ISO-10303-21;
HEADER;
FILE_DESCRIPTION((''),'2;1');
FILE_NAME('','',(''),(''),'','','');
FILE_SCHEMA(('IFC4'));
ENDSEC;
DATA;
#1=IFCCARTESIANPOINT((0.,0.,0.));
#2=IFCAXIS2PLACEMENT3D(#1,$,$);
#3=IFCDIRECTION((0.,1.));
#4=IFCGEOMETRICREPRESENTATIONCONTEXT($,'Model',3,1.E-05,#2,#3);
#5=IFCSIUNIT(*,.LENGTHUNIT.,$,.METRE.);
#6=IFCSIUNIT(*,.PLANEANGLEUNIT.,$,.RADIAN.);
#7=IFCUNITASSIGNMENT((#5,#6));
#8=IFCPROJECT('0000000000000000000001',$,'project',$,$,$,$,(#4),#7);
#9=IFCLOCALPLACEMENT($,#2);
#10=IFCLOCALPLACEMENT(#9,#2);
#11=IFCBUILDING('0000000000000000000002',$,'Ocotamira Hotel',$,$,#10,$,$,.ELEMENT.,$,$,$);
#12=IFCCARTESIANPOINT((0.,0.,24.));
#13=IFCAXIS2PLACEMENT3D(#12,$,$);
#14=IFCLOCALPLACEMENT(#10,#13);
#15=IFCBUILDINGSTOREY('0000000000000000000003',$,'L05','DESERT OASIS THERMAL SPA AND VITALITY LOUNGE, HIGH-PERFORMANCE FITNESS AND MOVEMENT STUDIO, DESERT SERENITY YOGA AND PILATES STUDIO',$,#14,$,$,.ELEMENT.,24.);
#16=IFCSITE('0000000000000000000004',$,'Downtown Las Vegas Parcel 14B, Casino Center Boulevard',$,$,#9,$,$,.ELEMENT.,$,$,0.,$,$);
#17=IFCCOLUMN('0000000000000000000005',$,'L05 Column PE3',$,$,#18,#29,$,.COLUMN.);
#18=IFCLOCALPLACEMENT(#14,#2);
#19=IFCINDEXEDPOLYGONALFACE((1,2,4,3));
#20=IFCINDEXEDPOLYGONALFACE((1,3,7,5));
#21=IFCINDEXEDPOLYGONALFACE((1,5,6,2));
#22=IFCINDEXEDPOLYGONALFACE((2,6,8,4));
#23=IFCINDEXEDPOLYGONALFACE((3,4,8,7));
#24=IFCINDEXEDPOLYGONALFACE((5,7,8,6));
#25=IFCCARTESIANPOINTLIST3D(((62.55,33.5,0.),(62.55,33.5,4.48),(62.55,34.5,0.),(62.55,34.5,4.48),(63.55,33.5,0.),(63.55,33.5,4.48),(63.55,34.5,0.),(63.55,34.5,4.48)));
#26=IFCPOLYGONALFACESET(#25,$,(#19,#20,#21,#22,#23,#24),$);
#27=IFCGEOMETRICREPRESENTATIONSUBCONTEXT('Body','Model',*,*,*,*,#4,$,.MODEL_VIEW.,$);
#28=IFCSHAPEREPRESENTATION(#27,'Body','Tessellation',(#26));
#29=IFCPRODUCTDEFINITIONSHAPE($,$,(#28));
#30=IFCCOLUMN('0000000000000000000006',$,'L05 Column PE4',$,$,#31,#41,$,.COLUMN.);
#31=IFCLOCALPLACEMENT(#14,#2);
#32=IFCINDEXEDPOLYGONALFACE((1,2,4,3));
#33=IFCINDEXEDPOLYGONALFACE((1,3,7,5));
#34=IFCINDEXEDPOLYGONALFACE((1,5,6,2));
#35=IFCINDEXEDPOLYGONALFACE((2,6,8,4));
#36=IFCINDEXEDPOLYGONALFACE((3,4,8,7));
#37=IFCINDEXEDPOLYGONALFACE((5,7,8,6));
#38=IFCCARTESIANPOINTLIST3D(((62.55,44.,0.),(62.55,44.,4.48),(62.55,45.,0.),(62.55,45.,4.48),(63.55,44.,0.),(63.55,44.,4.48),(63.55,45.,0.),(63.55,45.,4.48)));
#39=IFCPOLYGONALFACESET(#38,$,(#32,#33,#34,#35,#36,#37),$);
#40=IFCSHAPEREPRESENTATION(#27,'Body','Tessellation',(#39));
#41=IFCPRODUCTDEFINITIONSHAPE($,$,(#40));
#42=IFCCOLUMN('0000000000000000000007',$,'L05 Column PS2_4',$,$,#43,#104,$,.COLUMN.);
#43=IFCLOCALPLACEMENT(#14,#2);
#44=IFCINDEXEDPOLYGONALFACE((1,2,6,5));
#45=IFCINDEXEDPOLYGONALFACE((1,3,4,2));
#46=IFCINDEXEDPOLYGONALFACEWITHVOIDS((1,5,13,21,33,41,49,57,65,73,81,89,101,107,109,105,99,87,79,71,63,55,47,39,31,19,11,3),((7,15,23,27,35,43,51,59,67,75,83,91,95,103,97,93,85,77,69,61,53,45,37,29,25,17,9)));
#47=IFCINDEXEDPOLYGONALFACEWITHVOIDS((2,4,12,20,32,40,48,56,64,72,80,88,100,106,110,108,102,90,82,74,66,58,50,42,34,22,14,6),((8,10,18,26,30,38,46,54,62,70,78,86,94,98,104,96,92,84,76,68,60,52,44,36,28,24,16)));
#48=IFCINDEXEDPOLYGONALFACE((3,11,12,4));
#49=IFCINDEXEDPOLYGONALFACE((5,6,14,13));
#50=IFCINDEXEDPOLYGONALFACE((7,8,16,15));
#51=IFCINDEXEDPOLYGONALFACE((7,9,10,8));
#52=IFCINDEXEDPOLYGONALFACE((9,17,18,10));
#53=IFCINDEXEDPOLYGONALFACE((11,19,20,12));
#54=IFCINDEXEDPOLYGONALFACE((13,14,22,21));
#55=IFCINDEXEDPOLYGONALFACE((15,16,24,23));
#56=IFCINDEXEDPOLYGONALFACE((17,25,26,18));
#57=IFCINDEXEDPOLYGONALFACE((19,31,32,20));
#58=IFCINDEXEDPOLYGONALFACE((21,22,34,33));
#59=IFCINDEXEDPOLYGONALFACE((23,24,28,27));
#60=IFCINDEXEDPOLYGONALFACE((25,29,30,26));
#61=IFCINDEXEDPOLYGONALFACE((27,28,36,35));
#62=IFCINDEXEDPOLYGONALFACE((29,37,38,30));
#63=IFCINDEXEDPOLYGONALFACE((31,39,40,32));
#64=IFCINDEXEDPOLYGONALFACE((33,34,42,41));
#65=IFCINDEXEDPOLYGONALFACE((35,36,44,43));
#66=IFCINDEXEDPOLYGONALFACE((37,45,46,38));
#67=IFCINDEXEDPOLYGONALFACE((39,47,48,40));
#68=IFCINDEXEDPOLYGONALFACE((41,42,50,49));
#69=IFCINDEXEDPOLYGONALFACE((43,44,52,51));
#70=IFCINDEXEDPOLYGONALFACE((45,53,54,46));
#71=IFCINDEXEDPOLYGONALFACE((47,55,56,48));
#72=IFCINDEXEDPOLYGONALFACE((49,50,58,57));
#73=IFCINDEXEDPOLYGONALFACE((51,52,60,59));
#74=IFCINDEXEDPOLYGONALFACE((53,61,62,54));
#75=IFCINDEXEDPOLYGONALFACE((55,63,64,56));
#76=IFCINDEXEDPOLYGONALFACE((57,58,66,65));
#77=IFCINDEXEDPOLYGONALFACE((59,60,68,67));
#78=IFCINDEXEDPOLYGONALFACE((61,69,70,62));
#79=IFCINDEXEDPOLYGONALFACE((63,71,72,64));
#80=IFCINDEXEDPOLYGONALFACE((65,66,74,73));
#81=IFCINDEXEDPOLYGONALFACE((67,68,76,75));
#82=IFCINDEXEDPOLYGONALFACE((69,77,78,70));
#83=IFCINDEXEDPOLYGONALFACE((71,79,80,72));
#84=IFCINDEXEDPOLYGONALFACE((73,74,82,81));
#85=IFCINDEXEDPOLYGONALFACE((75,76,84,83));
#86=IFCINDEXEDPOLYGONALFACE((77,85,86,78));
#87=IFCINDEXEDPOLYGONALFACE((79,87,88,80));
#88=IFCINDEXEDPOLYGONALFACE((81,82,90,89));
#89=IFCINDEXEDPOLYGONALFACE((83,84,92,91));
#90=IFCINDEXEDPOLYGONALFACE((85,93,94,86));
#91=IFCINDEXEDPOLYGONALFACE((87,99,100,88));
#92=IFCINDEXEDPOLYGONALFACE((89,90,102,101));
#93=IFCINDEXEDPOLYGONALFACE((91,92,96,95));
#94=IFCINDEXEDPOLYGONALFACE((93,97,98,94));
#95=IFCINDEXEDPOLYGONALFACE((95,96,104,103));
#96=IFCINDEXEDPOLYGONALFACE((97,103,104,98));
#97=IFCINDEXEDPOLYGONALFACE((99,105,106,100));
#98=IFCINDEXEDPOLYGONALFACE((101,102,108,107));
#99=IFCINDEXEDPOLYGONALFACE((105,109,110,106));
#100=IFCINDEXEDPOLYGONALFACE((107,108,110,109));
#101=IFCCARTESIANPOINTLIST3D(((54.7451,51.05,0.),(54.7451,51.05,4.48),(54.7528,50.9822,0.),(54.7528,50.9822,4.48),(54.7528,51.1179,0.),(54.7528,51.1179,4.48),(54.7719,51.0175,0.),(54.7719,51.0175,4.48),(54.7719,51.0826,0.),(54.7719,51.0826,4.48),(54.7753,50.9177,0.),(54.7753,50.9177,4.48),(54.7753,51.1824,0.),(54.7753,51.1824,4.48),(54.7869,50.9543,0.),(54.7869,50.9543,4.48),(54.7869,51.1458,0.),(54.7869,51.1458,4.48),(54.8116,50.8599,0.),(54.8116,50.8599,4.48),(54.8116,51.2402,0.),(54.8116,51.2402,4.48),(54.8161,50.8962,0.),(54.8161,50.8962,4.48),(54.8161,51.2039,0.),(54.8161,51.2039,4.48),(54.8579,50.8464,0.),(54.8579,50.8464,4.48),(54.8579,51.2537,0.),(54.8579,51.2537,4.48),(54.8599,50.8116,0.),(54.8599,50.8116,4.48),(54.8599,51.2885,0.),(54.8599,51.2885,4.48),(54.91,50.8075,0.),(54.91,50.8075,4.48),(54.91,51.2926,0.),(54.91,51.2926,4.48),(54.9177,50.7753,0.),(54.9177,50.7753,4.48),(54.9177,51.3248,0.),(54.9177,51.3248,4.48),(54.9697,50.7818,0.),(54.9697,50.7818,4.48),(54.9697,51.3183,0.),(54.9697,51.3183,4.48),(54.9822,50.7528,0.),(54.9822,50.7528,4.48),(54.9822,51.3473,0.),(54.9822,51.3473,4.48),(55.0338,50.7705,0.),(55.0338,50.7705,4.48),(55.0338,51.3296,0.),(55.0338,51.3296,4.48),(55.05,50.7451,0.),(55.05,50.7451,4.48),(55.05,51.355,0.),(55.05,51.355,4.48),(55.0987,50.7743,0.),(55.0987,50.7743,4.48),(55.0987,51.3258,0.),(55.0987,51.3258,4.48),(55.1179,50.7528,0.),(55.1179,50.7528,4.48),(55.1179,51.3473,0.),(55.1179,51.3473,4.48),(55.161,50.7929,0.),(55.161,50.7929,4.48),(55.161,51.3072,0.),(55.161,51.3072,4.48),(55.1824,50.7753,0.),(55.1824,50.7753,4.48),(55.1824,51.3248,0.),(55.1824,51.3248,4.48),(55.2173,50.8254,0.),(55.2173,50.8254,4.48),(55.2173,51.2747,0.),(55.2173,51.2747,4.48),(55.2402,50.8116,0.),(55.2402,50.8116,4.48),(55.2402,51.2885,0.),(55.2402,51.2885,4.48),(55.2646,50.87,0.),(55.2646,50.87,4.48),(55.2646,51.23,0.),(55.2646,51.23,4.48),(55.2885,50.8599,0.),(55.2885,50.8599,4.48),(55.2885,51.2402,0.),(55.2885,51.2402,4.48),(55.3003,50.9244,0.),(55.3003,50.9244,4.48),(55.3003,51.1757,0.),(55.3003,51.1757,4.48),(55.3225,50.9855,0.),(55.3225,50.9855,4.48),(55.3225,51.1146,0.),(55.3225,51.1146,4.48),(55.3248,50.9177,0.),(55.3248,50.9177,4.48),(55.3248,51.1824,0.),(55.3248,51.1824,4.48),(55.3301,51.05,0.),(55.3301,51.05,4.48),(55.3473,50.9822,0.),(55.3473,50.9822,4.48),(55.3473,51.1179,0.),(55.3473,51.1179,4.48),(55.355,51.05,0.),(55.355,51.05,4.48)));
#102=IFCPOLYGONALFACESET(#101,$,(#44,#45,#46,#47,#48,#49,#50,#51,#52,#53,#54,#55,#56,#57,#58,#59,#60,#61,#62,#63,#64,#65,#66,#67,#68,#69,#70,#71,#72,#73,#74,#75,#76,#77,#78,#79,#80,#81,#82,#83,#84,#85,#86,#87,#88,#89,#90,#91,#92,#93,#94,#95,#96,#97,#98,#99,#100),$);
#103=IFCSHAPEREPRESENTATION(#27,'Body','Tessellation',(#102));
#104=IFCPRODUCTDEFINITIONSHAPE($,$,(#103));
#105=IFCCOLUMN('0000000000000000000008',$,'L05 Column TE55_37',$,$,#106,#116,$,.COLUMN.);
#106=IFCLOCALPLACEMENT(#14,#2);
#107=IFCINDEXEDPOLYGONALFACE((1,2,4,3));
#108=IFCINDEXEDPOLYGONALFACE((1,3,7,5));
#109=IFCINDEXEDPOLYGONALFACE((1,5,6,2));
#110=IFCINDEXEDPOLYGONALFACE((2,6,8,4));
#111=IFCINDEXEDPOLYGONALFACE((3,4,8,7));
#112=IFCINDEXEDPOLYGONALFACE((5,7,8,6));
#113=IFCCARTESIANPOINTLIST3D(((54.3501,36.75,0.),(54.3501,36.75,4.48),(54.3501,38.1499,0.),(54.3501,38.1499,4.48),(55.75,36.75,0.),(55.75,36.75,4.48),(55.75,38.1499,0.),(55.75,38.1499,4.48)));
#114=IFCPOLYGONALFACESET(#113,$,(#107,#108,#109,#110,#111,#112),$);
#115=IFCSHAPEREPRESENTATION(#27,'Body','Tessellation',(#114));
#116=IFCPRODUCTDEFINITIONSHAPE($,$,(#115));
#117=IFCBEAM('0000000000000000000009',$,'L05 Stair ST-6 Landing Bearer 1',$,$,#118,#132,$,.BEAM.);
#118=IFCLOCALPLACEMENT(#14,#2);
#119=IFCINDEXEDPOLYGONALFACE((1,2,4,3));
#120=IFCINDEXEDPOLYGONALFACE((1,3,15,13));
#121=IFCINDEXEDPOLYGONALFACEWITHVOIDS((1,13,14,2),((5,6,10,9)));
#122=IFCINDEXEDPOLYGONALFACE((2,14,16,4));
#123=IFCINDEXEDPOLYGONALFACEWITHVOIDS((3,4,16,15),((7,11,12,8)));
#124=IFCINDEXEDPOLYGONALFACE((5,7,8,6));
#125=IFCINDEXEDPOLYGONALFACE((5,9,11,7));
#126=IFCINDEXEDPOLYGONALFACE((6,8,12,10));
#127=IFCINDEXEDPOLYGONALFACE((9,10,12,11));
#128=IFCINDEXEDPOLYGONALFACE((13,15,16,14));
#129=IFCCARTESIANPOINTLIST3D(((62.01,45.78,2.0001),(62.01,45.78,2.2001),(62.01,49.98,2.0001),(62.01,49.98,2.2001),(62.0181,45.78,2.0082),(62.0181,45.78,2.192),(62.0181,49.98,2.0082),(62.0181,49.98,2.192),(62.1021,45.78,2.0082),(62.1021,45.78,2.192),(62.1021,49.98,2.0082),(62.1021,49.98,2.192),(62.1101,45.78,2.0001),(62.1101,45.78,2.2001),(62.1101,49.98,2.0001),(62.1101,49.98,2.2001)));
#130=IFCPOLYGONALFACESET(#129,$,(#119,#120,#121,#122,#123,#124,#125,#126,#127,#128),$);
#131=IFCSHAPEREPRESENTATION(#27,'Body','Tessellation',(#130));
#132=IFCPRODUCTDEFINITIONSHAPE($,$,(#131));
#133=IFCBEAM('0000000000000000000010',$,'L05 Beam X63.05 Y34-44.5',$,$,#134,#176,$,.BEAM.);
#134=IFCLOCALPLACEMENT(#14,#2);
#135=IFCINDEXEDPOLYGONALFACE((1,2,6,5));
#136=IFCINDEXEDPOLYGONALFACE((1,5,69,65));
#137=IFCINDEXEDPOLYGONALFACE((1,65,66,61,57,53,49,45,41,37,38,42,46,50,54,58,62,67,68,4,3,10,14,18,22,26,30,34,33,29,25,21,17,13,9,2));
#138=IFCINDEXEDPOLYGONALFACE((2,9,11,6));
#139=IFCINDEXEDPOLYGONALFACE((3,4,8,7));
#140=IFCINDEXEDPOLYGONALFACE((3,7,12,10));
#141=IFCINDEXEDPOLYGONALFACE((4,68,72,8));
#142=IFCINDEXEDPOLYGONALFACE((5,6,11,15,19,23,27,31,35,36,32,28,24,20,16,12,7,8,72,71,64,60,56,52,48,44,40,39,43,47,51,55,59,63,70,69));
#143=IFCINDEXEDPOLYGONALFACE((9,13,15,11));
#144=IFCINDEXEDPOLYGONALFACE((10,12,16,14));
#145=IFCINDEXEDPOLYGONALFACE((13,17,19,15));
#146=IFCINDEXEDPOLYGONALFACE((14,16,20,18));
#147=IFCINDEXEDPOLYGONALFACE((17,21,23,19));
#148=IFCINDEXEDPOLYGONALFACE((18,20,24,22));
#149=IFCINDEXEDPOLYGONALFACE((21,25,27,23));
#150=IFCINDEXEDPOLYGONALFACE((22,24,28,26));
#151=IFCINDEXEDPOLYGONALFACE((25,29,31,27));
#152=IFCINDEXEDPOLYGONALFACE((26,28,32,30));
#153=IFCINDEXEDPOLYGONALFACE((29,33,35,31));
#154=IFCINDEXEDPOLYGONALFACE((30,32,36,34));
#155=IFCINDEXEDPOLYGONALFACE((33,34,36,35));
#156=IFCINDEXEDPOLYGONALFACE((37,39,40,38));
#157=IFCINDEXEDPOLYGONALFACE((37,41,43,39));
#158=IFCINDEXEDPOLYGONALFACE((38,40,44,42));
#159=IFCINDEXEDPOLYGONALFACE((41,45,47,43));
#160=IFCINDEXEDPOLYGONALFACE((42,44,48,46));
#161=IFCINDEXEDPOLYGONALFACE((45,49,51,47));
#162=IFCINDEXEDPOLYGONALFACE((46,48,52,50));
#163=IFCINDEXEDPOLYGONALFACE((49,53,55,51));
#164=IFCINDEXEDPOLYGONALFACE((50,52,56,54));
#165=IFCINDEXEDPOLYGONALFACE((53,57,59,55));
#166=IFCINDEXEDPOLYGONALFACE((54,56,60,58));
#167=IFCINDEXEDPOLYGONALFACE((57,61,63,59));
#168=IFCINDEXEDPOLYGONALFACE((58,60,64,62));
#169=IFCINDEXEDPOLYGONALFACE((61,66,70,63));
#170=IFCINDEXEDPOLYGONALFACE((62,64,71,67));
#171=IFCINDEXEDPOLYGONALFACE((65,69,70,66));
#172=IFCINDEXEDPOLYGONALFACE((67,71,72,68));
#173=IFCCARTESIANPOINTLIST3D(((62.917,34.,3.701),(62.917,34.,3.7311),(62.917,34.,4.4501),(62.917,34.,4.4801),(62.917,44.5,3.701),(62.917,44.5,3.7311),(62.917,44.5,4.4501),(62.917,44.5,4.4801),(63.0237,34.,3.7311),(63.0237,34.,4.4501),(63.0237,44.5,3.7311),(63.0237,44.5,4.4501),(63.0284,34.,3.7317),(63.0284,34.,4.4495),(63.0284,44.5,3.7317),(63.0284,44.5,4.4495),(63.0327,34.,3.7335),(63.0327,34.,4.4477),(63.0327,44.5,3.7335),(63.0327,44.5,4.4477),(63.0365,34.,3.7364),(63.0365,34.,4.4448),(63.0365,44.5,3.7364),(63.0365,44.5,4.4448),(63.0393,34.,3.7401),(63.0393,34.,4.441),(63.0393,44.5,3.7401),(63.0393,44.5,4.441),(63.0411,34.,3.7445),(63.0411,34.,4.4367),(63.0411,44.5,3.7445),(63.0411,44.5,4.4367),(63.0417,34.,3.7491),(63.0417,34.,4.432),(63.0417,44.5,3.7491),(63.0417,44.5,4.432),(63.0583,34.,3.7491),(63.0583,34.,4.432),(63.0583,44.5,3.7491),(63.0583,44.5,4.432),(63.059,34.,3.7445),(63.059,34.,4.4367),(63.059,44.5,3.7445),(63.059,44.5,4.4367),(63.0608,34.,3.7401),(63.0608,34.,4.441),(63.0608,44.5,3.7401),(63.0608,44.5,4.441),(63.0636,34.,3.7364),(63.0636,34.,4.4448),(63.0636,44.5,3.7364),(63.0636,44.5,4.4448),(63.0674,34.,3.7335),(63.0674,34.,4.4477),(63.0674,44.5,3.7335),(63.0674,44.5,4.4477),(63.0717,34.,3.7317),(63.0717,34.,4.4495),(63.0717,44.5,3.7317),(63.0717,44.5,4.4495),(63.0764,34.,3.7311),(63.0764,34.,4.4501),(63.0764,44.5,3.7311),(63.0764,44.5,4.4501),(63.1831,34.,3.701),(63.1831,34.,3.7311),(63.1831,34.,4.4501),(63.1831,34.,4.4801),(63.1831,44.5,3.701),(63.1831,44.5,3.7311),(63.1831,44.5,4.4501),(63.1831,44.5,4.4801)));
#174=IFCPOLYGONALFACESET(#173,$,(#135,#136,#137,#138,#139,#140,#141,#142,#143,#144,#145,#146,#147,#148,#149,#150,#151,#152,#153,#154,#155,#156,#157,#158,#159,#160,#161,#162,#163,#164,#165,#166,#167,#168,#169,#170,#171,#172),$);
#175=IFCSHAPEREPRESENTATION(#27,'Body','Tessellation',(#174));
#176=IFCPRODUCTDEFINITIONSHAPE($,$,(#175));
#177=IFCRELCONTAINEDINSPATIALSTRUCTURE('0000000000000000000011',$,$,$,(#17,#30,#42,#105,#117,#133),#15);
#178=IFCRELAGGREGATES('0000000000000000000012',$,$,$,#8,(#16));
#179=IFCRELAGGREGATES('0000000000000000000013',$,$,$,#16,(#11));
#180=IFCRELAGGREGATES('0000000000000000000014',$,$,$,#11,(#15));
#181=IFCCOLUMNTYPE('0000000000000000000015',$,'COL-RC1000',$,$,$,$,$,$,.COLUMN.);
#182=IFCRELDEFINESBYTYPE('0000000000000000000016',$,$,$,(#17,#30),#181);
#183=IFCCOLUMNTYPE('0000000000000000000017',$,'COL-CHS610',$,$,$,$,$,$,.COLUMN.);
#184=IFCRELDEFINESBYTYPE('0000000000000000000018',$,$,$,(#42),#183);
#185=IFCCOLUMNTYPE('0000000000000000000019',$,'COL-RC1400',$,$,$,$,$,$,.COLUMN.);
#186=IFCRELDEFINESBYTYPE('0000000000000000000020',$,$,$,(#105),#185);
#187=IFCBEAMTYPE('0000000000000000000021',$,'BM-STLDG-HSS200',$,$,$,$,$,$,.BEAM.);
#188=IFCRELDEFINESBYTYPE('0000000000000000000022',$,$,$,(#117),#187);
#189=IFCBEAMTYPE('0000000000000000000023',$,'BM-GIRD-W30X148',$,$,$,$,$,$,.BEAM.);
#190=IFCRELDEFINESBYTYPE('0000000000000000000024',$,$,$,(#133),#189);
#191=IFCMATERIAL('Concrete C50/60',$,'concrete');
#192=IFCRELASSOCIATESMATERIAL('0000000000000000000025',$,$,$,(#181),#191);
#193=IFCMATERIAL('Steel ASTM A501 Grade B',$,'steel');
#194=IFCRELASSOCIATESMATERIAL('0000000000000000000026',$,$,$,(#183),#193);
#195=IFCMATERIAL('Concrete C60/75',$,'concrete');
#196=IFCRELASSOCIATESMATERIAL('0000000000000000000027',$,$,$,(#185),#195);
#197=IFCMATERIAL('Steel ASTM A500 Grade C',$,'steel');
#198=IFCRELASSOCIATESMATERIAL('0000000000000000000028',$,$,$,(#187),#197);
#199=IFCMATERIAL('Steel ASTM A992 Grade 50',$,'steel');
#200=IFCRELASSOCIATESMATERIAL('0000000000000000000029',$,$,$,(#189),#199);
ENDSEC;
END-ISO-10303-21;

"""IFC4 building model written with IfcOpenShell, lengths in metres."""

from ifc_helpers import new_model, si_unit, direction, frame, origin, origin_2d, place, context, subcontext, project, spatial, rectangle, hollow_rectangle, hollow_circle, i_section, extrude, source, transform, mapped, material, material_profile, profile_set, type_object, element, save


model = new_model("IFC4")

# Units and contexts
model_context = context("Model", 3, precision=1e-05, world=origin(), true_north=direction((0.0, 1.0)))
body_context = subcontext(model_context, "Body", "Model", "MODEL_VIEW")
ifc_project = project(units=[si_unit("LENGTHUNIT", "METRE"), si_unit("PLANEANGLEUNIT", "RADIAN")], contexts=[model_context])

# Site, building, storey
site_placement = place(None, origin())
site = spatial("IfcSite", under=ifc_project, at=site_placement, Name="Downtown Las Vegas Parcel 14B, Casino Center Boulevard", CompositionType="ELEMENT", RefElevation=0.0)
building_placement = place(site_placement, origin())
building = spatial("IfcBuilding", under=site, at=building_placement, Name="Ocotamira Hotel", CompositionType="ELEMENT")
storey_placement = place(building_placement, frame((0.0, 0.0, 24.0)))
storey = spatial("IfcBuildingStorey", under=building, at=storey_placement, Name="L05", Description="DESERT OASIS THERMAL SPA AND VITALITY LOUNGE, HIGH-PERFORMANCE FITNESS AND MOVEMENT STUDIO, DESERT SERENITY YOGA AND PILATES STUDIO", CompositionType="ELEMENT", Elevation=24.0)

# Columns
ifc_material_1 = material(Name="Concrete C50/60", Category="concrete")
ifc_material_profile_1 = material_profile(ifc_material_1, rectangle(XDim=1.0, YDim=1.0, at=origin_2d()), Name="RC1000X1000")
ifc_profile_set_1 = profile_set([ifc_material_profile_1], Name="Concrete C50/60")
column_type_1 = type_object("IfcColumnType", Name="COL-RC1000", PredefinedType="COLUMN", material=ifc_profile_set_1)
shared_shape_1 = source(origin(), body_context, "Body", "SweptSolid", [
    extrude(rectangle(XDim=1.0, YDim=1.0, at=origin_2d()), origin(), (0.0, 0.0, 1.0), 4.48),
])
for number, where, z_axis, x_axis, name in (
    (1, (63.05, 34.0, 0.0), (0.0, 0.0, 1.0), (1.0, 0.0, 0.0), "L05 Column PE3"),
    (2, (63.05, 44.5, 0.0), (0.0, 0.0, 1.0), (1.0, 0.0, 0.0), "L05 Column PE4"),
):
    element("IfcColumn", number, at=place(storey_placement, frame(where, z_axis=z_axis, x_axis=x_axis)), inside=storey, type_object=column_type_1, Name=name, PredefinedType="COLUMN", context=body_context, shape_type="MappedRepresentation", body=[
        mapped(shared_shape_1, transform((0.0, 0.0, 0.0), scale=1.0)),
    ])
ifc_material_2 = material(Name="Steel ASTM A501 Grade B", Category="steel")
ifc_material_profile_2 = material_profile(ifc_material_2, hollow_circle(Radius=0.3049, WallThickness=0.0249, at=origin_2d()), Name="CHS610X25")
ifc_profile_set_2 = profile_set([ifc_material_profile_2], Name="Steel ASTM A501 Grade B")
column_type_2 = type_object("IfcColumnType", Name="COL-CHS610", PredefinedType="COLUMN", material=ifc_profile_set_2)
shared_shape_2 = source(origin(), body_context, "Body", "SweptSolid", [
    extrude(hollow_circle(Radius=0.3049, WallThickness=0.0249, at=origin_2d()), origin(), (0.0, 0.0, 1.0), 4.48),
])
column_1_placement = place(storey_placement, frame((55.05, 51.05, 0.0), z_axis=(0.0, 0.0, 1.0), x_axis=(1.0, 0.0, 0.0)))
element("IfcColumn", 3, at=column_1_placement, inside=storey, type_object=column_type_2, Name="L05 Column PS2_4", PredefinedType="COLUMN", context=body_context, shape_type="MappedRepresentation", body=[
    mapped(shared_shape_2, transform((0.0, 0.0, 0.0), scale=1.0)),
])
ifc_material_3 = material(Name="Concrete C60/75", Category="concrete")
ifc_material_profile_3 = material_profile(ifc_material_3, rectangle(XDim=1.3999, YDim=1.3999, at=origin_2d()), Name="RC1400X1400")
ifc_profile_set_3 = profile_set([ifc_material_profile_3], Name="Concrete C60/75")
column_type_3 = type_object("IfcColumnType", Name="COL-RC1400", PredefinedType="COLUMN", material=ifc_profile_set_3)
shared_shape_3 = source(origin(), body_context, "Body", "SweptSolid", [
    extrude(rectangle(XDim=1.3999, YDim=1.3999, at=origin_2d()), origin(), (0.0, 0.0, 1.0), 4.48),
])
column_2_placement = place(storey_placement, frame((55.05, 37.45, 0.0), z_axis=(0.0, 0.0, 1.0), x_axis=(1.0, 0.0, 0.0)))
element("IfcColumn", 4, at=column_2_placement, inside=storey, type_object=column_type_3, Name="L05 Column TE55_37", PredefinedType="COLUMN", context=body_context, shape_type="MappedRepresentation", body=[
    mapped(shared_shape_3, transform((0.0, 0.0, 0.0), scale=1.0)),
])

# Beams
ifc_material_4 = material(Name="Steel ASTM A500 Grade C", Category="steel")
ifc_material_profile_4 = material_profile(ifc_material_4, hollow_rectangle(XDim=0.1001, YDim=0.2, WallThickness=0.0081, at=origin_2d()), Name="HSS200X100X8")
ifc_profile_set_4 = profile_set([ifc_material_profile_4], Name="Steel ASTM A500 Grade C")
beam_type_1 = type_object("IfcBeamType", Name="BM-STLDG-HSS200", PredefinedType="BEAM", material=ifc_profile_set_4)
shared_shape_4 = source(origin(), body_context, "Body", "SweptSolid", [
    extrude(hollow_rectangle(XDim=0.1001, YDim=0.2, WallThickness=0.0081, at=origin_2d()), origin(), (0.0, 0.0, 1.0), 4.2),
])
beam_1_placement = place(storey_placement, frame((62.0601, 45.78, 2.1001), z_axis=(0.0, 1.0, 0.0), x_axis=(-1.0, 0.0, 0.0)))
element("IfcBeam", 5, at=beam_1_placement, inside=storey, type_object=beam_type_1, Name="L05 Stair ST-6 Landing Bearer 1", PredefinedType="BEAM", context=body_context, shape_type="MappedRepresentation", body=[
    mapped(shared_shape_4, transform((0.0, 0.0, 0.0), scale=1.0)),
])
ifc_material_5 = material(Name="Steel ASTM A992 Grade 50", Category="steel")
ifc_material_profile_5 = material_profile(ifc_material_5, i_section(OverallWidth=0.2661, OverallDepth=0.7791, WebThickness=0.0166, FlangeThickness=0.03, FilletRadius=0.0181, at=origin_2d()), Name="W30X148")
ifc_profile_set_5 = profile_set([ifc_material_profile_5], Name="Steel ASTM A992 Grade 50")
beam_type_2 = type_object("IfcBeamType", Name="BM-GIRD-W30X148", PredefinedType="BEAM", material=ifc_profile_set_5)
shared_shape_5 = source(origin(), body_context, "Body", "SweptSolid", [
    extrude(i_section(OverallWidth=0.2661, OverallDepth=0.7791, WebThickness=0.0166, FlangeThickness=0.03, FilletRadius=0.0181, at=origin_2d()), origin(), (0.0, 0.0, 1.0), 10.5),
])
beam_2_placement = place(storey_placement, frame((63.05, 34.0, 4.0906), z_axis=(0.0, 1.0, 0.0), x_axis=(-1.0, 0.0, 0.0)))
element("IfcBeam", 6, at=beam_2_placement, inside=storey, type_object=beam_type_2, Name="L05 Beam X63.05 Y34-44.5", PredefinedType="BEAM", context=body_context, shape_type="MappedRepresentation", body=[
    mapped(shared_shape_5, transform((0.0, 0.0, 0.0), scale=1.0)),
])

save(model, "model.ifc")
